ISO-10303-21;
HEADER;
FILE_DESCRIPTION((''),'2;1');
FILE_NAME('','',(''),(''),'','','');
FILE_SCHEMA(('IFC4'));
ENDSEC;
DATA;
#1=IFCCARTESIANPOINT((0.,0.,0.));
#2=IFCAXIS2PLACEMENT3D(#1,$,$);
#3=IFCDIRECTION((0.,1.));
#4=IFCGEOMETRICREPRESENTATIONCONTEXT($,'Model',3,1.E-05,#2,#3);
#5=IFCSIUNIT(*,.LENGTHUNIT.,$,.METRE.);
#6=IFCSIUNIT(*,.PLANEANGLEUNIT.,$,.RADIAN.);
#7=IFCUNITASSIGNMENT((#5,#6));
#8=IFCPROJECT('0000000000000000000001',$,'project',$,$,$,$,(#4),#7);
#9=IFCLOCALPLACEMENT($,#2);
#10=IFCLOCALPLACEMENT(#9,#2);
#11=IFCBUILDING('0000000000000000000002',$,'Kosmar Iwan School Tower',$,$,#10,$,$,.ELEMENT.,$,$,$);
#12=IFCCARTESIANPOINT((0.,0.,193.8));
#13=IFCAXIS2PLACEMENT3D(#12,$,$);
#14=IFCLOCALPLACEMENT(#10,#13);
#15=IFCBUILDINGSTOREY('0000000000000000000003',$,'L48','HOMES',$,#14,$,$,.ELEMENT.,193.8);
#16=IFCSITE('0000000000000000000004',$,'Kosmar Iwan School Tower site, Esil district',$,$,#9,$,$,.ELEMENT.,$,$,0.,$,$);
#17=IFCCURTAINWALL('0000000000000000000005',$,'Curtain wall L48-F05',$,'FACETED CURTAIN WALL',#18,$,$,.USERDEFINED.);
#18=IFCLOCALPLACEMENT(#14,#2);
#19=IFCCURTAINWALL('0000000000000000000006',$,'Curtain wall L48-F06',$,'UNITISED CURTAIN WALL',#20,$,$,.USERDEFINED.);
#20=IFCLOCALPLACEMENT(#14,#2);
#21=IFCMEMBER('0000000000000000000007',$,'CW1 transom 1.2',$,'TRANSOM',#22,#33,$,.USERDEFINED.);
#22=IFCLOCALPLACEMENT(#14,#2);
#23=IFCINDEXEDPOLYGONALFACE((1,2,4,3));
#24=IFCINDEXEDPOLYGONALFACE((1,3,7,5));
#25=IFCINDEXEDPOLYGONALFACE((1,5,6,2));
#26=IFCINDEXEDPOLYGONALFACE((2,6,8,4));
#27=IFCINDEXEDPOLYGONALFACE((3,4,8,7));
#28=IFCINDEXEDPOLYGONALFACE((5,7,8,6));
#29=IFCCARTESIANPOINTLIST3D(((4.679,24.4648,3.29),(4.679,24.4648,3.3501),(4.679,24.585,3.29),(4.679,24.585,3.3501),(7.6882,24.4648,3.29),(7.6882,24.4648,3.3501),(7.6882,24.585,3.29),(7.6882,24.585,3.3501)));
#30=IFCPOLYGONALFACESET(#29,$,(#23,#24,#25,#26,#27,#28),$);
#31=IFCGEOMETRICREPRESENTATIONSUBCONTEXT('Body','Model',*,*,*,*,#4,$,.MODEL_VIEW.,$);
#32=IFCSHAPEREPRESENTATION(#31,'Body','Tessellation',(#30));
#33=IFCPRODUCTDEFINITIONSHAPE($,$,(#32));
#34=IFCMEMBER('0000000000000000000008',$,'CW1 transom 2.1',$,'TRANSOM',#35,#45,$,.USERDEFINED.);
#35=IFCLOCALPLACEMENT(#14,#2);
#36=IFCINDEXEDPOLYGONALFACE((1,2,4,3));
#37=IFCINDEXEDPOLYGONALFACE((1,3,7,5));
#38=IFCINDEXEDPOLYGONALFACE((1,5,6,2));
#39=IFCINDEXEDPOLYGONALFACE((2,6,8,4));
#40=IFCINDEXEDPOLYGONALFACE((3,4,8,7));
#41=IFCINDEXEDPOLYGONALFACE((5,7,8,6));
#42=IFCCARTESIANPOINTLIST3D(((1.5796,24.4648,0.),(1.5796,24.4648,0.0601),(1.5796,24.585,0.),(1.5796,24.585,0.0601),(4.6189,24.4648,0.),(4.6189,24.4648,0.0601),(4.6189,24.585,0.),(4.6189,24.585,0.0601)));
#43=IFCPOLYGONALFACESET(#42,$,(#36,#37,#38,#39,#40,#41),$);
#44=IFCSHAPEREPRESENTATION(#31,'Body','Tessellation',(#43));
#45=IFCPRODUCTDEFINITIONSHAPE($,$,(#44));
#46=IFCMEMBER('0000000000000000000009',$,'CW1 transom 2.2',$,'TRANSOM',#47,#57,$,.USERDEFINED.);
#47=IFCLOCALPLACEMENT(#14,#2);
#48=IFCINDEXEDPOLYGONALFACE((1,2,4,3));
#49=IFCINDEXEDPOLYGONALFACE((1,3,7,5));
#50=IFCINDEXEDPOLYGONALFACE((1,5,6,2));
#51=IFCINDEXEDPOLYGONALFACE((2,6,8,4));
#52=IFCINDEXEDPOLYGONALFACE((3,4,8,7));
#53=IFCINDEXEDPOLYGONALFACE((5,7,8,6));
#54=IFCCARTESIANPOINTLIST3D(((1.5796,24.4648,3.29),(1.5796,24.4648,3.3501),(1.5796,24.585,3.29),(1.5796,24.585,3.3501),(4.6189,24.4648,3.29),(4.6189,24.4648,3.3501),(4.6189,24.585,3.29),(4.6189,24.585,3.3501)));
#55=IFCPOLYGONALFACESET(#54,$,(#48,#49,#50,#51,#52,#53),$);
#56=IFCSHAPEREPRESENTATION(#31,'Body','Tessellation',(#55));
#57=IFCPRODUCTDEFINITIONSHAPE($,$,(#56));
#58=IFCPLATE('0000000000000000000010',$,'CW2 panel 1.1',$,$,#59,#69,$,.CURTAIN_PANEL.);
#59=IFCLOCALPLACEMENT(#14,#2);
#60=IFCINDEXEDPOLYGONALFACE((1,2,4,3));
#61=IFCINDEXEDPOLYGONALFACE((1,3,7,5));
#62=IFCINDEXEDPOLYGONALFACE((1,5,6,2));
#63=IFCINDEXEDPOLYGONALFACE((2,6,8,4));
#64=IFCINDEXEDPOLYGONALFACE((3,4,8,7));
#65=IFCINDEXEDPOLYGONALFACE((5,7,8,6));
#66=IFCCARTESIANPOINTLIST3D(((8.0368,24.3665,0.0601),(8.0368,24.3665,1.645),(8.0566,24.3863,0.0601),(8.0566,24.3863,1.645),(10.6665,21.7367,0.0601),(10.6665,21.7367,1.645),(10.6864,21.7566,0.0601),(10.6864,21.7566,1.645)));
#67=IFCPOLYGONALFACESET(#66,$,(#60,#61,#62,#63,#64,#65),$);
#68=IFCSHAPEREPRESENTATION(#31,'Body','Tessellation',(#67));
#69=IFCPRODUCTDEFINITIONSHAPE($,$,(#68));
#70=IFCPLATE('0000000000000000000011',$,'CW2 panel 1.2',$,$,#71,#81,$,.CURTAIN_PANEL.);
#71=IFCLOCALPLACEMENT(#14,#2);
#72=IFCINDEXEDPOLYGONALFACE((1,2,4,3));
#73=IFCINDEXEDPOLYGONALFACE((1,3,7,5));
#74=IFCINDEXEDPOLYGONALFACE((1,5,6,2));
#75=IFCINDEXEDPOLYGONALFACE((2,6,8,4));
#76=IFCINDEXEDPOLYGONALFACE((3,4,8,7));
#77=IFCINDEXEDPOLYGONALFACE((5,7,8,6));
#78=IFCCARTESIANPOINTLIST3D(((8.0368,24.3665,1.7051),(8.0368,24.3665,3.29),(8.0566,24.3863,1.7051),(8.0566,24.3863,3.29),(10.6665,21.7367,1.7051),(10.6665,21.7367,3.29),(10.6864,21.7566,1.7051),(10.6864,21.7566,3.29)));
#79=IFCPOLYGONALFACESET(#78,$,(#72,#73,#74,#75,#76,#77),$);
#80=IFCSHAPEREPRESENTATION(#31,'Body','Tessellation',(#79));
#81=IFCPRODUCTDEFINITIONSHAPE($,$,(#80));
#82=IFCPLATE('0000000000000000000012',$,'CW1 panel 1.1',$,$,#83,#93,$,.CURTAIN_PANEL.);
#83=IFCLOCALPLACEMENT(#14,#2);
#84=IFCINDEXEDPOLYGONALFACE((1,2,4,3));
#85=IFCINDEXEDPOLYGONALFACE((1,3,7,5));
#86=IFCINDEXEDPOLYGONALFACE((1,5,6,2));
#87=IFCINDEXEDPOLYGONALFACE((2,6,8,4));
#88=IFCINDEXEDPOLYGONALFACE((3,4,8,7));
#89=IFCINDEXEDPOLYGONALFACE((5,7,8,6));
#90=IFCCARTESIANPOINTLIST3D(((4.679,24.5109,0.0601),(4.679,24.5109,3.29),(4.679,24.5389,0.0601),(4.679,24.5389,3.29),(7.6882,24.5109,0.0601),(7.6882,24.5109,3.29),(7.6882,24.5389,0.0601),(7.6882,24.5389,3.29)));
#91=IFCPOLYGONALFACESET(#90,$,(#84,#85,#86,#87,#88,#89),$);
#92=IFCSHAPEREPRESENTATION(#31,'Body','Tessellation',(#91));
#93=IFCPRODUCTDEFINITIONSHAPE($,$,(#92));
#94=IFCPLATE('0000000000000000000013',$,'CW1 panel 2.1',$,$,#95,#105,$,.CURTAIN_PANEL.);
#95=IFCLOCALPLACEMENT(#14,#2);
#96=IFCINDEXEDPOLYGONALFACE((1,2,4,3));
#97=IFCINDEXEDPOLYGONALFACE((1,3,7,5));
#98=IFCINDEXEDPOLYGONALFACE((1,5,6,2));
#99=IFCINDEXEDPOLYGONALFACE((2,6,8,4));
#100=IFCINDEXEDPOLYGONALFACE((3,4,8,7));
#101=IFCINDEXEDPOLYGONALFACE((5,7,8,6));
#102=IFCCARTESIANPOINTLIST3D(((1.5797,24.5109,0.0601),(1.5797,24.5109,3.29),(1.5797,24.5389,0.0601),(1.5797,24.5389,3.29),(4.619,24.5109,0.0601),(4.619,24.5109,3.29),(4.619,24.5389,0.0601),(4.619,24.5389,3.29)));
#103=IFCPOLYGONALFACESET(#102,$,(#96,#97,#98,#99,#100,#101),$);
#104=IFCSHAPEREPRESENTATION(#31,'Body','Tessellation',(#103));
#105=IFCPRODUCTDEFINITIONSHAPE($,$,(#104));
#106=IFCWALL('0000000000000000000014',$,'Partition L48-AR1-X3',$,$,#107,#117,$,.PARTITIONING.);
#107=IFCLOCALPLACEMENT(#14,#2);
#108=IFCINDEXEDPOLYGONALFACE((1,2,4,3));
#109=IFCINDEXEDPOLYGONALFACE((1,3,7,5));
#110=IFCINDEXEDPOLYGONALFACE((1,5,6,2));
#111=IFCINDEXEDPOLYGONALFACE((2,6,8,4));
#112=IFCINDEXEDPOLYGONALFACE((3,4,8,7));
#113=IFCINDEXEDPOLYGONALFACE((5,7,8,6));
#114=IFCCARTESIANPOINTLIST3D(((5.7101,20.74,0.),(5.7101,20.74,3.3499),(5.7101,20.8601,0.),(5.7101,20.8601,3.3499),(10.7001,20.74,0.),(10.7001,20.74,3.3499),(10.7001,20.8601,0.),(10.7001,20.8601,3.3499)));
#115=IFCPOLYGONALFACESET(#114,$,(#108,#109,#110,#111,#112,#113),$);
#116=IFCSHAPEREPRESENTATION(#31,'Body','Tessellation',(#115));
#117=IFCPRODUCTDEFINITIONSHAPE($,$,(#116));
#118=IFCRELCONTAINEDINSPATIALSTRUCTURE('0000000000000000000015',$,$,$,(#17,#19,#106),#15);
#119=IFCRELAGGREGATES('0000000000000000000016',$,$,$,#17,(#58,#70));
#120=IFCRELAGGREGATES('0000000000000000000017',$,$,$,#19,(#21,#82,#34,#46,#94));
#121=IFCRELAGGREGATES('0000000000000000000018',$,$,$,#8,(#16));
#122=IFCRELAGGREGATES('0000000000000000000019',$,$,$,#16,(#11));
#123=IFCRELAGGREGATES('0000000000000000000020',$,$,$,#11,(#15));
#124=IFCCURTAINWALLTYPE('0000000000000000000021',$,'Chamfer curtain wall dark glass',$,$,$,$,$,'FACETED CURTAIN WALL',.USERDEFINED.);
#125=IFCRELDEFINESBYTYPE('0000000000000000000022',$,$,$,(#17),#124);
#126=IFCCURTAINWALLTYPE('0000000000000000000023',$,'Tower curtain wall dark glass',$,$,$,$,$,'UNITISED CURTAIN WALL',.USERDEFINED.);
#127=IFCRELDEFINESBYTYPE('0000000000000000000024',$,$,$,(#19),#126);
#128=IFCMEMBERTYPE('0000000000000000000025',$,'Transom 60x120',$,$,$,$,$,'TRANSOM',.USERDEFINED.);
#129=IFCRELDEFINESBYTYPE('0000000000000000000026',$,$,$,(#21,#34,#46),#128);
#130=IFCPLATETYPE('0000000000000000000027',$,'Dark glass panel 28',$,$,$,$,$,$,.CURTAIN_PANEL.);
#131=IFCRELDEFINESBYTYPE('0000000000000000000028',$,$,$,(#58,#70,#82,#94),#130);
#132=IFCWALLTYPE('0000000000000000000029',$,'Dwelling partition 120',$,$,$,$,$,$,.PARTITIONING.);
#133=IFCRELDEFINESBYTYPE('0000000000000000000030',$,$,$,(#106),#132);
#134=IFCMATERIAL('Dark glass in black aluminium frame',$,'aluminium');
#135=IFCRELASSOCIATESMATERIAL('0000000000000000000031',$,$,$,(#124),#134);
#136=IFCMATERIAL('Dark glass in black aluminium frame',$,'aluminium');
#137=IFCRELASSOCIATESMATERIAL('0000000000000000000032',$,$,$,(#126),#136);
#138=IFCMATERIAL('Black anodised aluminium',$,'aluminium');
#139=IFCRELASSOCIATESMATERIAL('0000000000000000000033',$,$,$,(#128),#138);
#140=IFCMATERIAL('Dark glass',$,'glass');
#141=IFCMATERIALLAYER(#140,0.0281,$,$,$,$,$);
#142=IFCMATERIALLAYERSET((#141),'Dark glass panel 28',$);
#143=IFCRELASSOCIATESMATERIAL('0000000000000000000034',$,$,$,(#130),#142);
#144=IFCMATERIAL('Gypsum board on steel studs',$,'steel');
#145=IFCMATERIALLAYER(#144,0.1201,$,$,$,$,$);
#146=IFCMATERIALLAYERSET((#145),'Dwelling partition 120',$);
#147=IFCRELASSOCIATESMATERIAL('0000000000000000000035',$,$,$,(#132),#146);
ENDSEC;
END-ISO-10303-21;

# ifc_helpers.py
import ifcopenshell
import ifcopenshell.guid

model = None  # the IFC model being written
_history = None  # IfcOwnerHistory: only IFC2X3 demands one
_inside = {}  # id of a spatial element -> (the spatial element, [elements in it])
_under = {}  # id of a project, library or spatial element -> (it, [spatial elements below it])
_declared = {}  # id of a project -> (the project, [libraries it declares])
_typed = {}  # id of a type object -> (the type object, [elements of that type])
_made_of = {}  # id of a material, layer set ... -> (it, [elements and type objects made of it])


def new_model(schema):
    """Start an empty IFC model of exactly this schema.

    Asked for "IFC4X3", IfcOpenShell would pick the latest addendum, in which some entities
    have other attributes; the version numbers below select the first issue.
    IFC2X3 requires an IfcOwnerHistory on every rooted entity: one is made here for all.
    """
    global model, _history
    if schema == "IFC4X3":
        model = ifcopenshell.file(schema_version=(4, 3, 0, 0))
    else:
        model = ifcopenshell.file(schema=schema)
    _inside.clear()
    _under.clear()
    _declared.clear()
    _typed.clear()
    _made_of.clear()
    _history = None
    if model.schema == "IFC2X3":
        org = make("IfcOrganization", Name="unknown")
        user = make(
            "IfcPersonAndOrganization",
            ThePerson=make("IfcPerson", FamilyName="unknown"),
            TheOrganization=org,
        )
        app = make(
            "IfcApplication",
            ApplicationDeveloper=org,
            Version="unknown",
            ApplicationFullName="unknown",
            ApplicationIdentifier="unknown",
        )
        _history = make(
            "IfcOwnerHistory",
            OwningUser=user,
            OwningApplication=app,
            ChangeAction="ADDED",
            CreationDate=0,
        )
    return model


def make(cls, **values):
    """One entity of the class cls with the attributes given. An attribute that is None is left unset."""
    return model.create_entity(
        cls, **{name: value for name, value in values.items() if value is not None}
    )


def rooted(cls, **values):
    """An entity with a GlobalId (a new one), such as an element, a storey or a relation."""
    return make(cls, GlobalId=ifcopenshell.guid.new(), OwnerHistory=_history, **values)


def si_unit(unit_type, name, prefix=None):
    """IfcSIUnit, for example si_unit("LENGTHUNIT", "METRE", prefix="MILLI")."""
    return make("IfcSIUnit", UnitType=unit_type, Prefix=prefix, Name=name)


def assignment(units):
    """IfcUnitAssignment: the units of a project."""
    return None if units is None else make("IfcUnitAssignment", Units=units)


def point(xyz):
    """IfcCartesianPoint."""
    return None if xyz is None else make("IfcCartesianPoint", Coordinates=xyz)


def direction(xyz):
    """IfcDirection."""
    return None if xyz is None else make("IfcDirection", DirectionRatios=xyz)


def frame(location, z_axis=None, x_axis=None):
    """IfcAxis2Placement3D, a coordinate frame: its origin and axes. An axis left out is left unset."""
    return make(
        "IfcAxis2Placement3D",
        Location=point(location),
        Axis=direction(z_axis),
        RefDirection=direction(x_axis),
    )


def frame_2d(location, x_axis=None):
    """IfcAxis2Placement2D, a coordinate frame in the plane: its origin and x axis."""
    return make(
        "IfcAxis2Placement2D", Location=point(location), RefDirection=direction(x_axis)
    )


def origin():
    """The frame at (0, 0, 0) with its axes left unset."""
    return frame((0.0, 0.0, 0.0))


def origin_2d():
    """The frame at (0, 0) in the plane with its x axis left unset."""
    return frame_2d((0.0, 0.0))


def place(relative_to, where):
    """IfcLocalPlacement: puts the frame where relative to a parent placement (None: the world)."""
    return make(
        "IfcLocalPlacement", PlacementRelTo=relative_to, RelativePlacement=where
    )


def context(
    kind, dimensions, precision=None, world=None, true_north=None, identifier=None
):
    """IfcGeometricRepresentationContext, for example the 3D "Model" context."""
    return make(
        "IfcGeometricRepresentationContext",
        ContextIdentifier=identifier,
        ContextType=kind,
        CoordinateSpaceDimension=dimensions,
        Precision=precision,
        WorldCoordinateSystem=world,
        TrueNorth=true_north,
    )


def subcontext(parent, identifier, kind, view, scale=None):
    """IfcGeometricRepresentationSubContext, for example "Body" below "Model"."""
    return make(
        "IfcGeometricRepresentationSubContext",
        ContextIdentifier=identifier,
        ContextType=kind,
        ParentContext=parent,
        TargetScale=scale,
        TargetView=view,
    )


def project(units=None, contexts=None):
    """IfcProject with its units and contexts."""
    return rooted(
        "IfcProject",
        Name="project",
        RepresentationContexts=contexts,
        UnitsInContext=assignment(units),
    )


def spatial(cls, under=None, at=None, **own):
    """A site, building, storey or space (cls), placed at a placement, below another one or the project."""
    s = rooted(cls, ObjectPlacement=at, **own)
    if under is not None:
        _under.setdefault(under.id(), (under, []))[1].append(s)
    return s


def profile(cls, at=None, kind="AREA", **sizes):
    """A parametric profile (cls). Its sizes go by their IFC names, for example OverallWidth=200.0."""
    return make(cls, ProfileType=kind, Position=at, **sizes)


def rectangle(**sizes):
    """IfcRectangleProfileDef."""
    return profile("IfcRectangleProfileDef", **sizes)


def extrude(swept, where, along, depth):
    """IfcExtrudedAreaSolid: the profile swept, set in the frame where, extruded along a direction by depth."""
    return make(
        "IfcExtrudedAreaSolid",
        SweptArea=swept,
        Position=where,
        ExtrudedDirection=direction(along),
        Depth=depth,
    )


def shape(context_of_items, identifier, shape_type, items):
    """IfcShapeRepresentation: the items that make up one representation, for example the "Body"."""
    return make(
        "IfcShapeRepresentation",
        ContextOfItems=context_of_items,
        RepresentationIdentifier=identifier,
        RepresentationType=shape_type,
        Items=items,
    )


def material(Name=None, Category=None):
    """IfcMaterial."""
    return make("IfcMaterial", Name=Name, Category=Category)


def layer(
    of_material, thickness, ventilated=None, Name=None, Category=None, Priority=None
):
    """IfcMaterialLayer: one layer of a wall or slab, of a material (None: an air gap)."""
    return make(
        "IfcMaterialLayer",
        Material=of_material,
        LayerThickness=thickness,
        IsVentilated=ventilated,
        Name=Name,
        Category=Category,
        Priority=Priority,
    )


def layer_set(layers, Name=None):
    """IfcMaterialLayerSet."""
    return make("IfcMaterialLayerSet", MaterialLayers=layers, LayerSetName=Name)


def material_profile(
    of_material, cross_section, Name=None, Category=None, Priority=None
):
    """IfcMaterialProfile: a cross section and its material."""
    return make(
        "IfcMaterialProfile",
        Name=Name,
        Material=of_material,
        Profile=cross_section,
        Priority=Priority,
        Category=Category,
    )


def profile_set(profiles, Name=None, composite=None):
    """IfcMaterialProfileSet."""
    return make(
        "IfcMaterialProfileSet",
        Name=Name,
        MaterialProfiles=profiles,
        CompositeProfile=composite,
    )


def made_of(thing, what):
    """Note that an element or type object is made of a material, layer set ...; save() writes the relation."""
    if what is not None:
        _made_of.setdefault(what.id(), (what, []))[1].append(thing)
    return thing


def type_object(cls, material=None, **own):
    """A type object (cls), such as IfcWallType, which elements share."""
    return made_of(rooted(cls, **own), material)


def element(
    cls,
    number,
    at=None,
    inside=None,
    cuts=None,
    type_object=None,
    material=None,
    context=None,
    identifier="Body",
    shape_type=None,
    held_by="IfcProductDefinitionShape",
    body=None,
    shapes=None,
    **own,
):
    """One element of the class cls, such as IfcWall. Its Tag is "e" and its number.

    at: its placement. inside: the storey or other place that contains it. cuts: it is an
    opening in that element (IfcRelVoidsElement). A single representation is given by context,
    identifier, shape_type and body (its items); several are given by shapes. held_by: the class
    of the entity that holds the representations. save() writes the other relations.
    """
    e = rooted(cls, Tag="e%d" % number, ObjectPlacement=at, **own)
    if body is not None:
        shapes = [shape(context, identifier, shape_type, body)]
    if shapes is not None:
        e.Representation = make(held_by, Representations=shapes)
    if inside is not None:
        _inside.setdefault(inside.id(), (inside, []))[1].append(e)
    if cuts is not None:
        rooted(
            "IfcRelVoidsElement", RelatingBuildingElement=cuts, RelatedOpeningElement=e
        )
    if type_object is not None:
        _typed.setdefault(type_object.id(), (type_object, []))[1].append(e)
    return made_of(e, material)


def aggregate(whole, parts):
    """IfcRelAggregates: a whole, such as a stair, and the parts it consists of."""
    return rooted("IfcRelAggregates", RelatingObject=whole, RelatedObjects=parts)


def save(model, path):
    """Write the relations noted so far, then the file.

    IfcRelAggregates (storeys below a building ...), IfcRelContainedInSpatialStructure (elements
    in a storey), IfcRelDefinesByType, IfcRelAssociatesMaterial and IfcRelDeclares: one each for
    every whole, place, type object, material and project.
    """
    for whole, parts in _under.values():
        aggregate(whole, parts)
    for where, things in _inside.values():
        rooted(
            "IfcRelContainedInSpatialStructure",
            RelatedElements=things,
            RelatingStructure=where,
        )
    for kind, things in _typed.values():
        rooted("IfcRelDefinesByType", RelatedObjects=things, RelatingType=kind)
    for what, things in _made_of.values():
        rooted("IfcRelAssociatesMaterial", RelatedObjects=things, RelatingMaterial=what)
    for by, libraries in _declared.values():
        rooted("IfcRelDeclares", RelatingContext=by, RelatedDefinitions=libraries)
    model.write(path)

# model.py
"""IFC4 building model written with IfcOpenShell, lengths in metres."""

from ifc_helpers import new_model, si_unit, direction, frame, frame_2d, origin, origin_2d, place, context, subcontext, project, spatial, rectangle, extrude, material, layer, layer_set, material_profile, profile_set, type_object, element, aggregate, save


model = new_model("IFC4")

# Units and contexts
model_context = context("Model", 3, precision=1e-05, world=origin(), true_north=direction((0.0, 1.0)))
body_context = subcontext(model_context, "Body", "Model", "MODEL_VIEW")
ifc_project = project(units=[si_unit("LENGTHUNIT", "METRE"), si_unit("PLANEANGLEUNIT", "RADIAN")], contexts=[model_context])

# Site, building, storey
site_placement = place(None, origin())
site = spatial("IfcSite", under=ifc_project, at=site_placement, Name="Kosmar Iwan School Tower site, Esil district", CompositionType="ELEMENT", RefElevation=0.0)
building_placement = place(site_placement, origin())
building = spatial("IfcBuilding", under=site, at=building_placement, Name="Kosmar Iwan School Tower", CompositionType="ELEMENT")
storey_placement = place(building_placement, frame((0.0, 0.0, 193.8)))
storey = spatial("IfcBuildingStorey", under=building, at=storey_placement, Name="L48", Description="HOMES", CompositionType="ELEMENT", Elevation=193.8)

# Curtain walls
ifc_material_1 = material(Name="Dark glass in black aluminium frame", Category="aluminium")
curtain_wall_type_1 = type_object("IfcCurtainWallType", Name="Chamfer curtain wall dark glass", ElementType="FACETED CURTAIN WALL", PredefinedType="USERDEFINED", material=ifc_material_1)
curtain_wall_1_placement = place(storey_placement, origin())
curtain_wall_1 = element("IfcCurtainWall", 1, at=curtain_wall_1_placement, inside=storey, type_object=curtain_wall_type_1, Name="Curtain wall L48-F05", ObjectType="FACETED CURTAIN WALL", PredefinedType="USERDEFINED")
ifc_material_2 = material(Name="Dark glass in black aluminium frame", Category="aluminium")
curtain_wall_type_2 = type_object("IfcCurtainWallType", Name="Tower curtain wall dark glass", ElementType="UNITISED CURTAIN WALL", PredefinedType="USERDEFINED", material=ifc_material_2)
curtain_wall_2_placement = place(storey_placement, origin())
curtain_wall_2 = element("IfcCurtainWall", 2, at=curtain_wall_2_placement, inside=storey, type_object=curtain_wall_type_2, Name="Curtain wall L48-F06", ObjectType="UNITISED CURTAIN WALL", PredefinedType="USERDEFINED")

# Members
ifc_material_3 = material(Name="Black anodised aluminium", Category="aluminium")
ifc_material_profile_1 = material_profile(ifc_material_3, rectangle(XDim=0.1201, YDim=0.0601, at=origin_2d()), Name="TRANSOM 60x120")
ifc_profile_set_1 = profile_set([ifc_material_profile_1], Name="Black anodised aluminium")
member_type_1 = type_object("IfcMemberType", Name="Transom 60x120", ElementType="TRANSOM", PredefinedType="USERDEFINED", material=ifc_profile_set_1)
member_1_placement = place(storey_placement, frame((7.6882, 24.5249, 3.3201), z_axis=(-1.0, 0.0, 0.0), x_axis=(0.0, -1.0, 0.0)))
member_1 = element("IfcMember", 3, at=member_1_placement, type_object=member_type_1, Name="CW1 transom 1.2", ObjectType="TRANSOM", PredefinedType="USERDEFINED", context=body_context, shape_type="SweptSolid", body=[
    extrude(rectangle(XDim=0.1201, YDim=0.0601, at=origin_2d()), origin(), (0.0, 0.0, 1.0), 3.0093),
])
member_2_placement = place(storey_placement, frame((4.6189, 24.5249, 0.03), z_axis=(-1.0, 0.0, 0.0), x_axis=(0.0, -1.0, 0.0)))
member_2 = element("IfcMember", 4, at=member_2_placement, type_object=member_type_1, Name="CW1 transom 2.1", ObjectType="TRANSOM", PredefinedType="USERDEFINED", context=body_context, shape_type="SweptSolid", body=[
    extrude(rectangle(XDim=0.1201, YDim=0.0601, at=origin_2d()), origin(), (0.0, 0.0, 1.0), 3.0393),
])
member_3_placement = place(storey_placement, frame((4.6189, 24.5249, 3.3201), z_axis=(-1.0, 0.0, 0.0), x_axis=(0.0, -1.0, 0.0)))
member_3 = element("IfcMember", 5, at=member_3_placement, type_object=member_type_1, Name="CW1 transom 2.2", ObjectType="TRANSOM", PredefinedType="USERDEFINED", context=body_context, shape_type="SweptSolid", body=[
    extrude(rectangle(XDim=0.1201, YDim=0.0601, at=origin_2d()), origin(), (0.0, 0.0, 1.0), 3.0393),
])

# Plates
ifc_material_4 = material(Name="Dark glass", Category="glass")
ifc_layer_1 = layer(ifc_material_4, 0.0281)
ifc_layer_set_1 = layer_set([ifc_layer_1], Name="Dark glass panel 28")
plate_type = type_object("IfcPlateType", Name="Dark glass panel 28", PredefinedType="CURTAIN_PANEL", material=ifc_layer_set_1)
plate_1_placement = place(storey_placement, frame((9.3616, 23.0615, 0.0601), z_axis=(0.0, 0.0, 1.0), x_axis=(-0.707107, 0.707107, 0.0)))
plate_1 = element("IfcPlate", 6, at=plate_1_placement, type_object=plate_type, Name="CW2 panel 1.1", PredefinedType="CURTAIN_PANEL", context=body_context, shape_type="SweptSolid", body=[
    extrude(rectangle(XDim=3.719, YDim=0.0281, at=origin_2d()), origin(), (0.0, 0.0, 1.0), 1.585),
])
plate_2_placement = place(storey_placement, frame((9.3616, 23.0615, 1.7051), z_axis=(0.0, 0.0, 1.0), x_axis=(-0.707107, 0.707107, 0.0)))
plate_2 = element("IfcPlate", 7, at=plate_2_placement, type_object=plate_type, Name="CW2 panel 1.2", PredefinedType="CURTAIN_PANEL", context=body_context, shape_type="SweptSolid", body=[
    extrude(rectangle(XDim=3.719, YDim=0.0281, at=origin_2d()), origin(), (0.0, 0.0, 1.0), 1.585),
])
aggregate(curtain_wall_1, [plate_1, plate_2])
plate_3_placement = place(storey_placement, frame((6.1836, 24.5249, 0.0601), z_axis=(0.0, 0.0, 1.0), x_axis=(-1.0, 0.0, 0.0)))
plate_3 = element("IfcPlate", 8, at=plate_3_placement, type_object=plate_type, Name="CW1 panel 1.1", PredefinedType="CURTAIN_PANEL", context=body_context, shape_type="SweptSolid", body=[
    extrude(rectangle(XDim=3.0093, YDim=0.0281, at=origin_2d()), origin(), (0.0, 0.0, 1.0), 3.23),
])
plate_4_placement = place(storey_placement, frame((3.0994, 24.5249, 0.0601), z_axis=(0.0, 0.0, 1.0), x_axis=(-1.0, 0.0, 0.0)))
plate_4 = element("IfcPlate", 9, at=plate_4_placement, type_object=plate_type, Name="CW1 panel 2.1", PredefinedType="CURTAIN_PANEL", context=body_context, shape_type="SweptSolid", body=[
    extrude(rectangle(XDim=3.0393, YDim=0.0281, at=origin_2d()), origin(), (0.0, 0.0, 1.0), 3.23),
])
aggregate(curtain_wall_2, [member_1, plate_3, member_2, member_3, plate_4])

# Wall
ifc_material_5 = material(Name="Gypsum board on steel studs", Category="steel")
ifc_layer_2 = layer(ifc_material_5, 0.1201)
ifc_layer_set_2 = layer_set([ifc_layer_2], Name="Dwelling partition 120")
wall_type = type_object("IfcWallType", Name="Dwelling partition 120", PredefinedType="PARTITIONING", material=ifc_layer_set_2)
wall_placement = place(storey_placement, frame((5.71, 20.8, 0.0), z_axis=(0.0, 0.0, 1.0), x_axis=(1.0, 0.0, 0.0)))
element("IfcWall", 10, at=wall_placement, inside=storey, type_object=wall_type, Name="Partition L48-AR1-X3", PredefinedType="PARTITIONING", context=body_context, shape_type="SweptSolid", body=[
    extrude(rectangle(XDim=4.99, YDim=0.1201, at=frame_2d((2.4951, 0.0))), origin(), (0.0, 0.0, 1.0), 3.3499),
])

save(model, "model.ifc")
